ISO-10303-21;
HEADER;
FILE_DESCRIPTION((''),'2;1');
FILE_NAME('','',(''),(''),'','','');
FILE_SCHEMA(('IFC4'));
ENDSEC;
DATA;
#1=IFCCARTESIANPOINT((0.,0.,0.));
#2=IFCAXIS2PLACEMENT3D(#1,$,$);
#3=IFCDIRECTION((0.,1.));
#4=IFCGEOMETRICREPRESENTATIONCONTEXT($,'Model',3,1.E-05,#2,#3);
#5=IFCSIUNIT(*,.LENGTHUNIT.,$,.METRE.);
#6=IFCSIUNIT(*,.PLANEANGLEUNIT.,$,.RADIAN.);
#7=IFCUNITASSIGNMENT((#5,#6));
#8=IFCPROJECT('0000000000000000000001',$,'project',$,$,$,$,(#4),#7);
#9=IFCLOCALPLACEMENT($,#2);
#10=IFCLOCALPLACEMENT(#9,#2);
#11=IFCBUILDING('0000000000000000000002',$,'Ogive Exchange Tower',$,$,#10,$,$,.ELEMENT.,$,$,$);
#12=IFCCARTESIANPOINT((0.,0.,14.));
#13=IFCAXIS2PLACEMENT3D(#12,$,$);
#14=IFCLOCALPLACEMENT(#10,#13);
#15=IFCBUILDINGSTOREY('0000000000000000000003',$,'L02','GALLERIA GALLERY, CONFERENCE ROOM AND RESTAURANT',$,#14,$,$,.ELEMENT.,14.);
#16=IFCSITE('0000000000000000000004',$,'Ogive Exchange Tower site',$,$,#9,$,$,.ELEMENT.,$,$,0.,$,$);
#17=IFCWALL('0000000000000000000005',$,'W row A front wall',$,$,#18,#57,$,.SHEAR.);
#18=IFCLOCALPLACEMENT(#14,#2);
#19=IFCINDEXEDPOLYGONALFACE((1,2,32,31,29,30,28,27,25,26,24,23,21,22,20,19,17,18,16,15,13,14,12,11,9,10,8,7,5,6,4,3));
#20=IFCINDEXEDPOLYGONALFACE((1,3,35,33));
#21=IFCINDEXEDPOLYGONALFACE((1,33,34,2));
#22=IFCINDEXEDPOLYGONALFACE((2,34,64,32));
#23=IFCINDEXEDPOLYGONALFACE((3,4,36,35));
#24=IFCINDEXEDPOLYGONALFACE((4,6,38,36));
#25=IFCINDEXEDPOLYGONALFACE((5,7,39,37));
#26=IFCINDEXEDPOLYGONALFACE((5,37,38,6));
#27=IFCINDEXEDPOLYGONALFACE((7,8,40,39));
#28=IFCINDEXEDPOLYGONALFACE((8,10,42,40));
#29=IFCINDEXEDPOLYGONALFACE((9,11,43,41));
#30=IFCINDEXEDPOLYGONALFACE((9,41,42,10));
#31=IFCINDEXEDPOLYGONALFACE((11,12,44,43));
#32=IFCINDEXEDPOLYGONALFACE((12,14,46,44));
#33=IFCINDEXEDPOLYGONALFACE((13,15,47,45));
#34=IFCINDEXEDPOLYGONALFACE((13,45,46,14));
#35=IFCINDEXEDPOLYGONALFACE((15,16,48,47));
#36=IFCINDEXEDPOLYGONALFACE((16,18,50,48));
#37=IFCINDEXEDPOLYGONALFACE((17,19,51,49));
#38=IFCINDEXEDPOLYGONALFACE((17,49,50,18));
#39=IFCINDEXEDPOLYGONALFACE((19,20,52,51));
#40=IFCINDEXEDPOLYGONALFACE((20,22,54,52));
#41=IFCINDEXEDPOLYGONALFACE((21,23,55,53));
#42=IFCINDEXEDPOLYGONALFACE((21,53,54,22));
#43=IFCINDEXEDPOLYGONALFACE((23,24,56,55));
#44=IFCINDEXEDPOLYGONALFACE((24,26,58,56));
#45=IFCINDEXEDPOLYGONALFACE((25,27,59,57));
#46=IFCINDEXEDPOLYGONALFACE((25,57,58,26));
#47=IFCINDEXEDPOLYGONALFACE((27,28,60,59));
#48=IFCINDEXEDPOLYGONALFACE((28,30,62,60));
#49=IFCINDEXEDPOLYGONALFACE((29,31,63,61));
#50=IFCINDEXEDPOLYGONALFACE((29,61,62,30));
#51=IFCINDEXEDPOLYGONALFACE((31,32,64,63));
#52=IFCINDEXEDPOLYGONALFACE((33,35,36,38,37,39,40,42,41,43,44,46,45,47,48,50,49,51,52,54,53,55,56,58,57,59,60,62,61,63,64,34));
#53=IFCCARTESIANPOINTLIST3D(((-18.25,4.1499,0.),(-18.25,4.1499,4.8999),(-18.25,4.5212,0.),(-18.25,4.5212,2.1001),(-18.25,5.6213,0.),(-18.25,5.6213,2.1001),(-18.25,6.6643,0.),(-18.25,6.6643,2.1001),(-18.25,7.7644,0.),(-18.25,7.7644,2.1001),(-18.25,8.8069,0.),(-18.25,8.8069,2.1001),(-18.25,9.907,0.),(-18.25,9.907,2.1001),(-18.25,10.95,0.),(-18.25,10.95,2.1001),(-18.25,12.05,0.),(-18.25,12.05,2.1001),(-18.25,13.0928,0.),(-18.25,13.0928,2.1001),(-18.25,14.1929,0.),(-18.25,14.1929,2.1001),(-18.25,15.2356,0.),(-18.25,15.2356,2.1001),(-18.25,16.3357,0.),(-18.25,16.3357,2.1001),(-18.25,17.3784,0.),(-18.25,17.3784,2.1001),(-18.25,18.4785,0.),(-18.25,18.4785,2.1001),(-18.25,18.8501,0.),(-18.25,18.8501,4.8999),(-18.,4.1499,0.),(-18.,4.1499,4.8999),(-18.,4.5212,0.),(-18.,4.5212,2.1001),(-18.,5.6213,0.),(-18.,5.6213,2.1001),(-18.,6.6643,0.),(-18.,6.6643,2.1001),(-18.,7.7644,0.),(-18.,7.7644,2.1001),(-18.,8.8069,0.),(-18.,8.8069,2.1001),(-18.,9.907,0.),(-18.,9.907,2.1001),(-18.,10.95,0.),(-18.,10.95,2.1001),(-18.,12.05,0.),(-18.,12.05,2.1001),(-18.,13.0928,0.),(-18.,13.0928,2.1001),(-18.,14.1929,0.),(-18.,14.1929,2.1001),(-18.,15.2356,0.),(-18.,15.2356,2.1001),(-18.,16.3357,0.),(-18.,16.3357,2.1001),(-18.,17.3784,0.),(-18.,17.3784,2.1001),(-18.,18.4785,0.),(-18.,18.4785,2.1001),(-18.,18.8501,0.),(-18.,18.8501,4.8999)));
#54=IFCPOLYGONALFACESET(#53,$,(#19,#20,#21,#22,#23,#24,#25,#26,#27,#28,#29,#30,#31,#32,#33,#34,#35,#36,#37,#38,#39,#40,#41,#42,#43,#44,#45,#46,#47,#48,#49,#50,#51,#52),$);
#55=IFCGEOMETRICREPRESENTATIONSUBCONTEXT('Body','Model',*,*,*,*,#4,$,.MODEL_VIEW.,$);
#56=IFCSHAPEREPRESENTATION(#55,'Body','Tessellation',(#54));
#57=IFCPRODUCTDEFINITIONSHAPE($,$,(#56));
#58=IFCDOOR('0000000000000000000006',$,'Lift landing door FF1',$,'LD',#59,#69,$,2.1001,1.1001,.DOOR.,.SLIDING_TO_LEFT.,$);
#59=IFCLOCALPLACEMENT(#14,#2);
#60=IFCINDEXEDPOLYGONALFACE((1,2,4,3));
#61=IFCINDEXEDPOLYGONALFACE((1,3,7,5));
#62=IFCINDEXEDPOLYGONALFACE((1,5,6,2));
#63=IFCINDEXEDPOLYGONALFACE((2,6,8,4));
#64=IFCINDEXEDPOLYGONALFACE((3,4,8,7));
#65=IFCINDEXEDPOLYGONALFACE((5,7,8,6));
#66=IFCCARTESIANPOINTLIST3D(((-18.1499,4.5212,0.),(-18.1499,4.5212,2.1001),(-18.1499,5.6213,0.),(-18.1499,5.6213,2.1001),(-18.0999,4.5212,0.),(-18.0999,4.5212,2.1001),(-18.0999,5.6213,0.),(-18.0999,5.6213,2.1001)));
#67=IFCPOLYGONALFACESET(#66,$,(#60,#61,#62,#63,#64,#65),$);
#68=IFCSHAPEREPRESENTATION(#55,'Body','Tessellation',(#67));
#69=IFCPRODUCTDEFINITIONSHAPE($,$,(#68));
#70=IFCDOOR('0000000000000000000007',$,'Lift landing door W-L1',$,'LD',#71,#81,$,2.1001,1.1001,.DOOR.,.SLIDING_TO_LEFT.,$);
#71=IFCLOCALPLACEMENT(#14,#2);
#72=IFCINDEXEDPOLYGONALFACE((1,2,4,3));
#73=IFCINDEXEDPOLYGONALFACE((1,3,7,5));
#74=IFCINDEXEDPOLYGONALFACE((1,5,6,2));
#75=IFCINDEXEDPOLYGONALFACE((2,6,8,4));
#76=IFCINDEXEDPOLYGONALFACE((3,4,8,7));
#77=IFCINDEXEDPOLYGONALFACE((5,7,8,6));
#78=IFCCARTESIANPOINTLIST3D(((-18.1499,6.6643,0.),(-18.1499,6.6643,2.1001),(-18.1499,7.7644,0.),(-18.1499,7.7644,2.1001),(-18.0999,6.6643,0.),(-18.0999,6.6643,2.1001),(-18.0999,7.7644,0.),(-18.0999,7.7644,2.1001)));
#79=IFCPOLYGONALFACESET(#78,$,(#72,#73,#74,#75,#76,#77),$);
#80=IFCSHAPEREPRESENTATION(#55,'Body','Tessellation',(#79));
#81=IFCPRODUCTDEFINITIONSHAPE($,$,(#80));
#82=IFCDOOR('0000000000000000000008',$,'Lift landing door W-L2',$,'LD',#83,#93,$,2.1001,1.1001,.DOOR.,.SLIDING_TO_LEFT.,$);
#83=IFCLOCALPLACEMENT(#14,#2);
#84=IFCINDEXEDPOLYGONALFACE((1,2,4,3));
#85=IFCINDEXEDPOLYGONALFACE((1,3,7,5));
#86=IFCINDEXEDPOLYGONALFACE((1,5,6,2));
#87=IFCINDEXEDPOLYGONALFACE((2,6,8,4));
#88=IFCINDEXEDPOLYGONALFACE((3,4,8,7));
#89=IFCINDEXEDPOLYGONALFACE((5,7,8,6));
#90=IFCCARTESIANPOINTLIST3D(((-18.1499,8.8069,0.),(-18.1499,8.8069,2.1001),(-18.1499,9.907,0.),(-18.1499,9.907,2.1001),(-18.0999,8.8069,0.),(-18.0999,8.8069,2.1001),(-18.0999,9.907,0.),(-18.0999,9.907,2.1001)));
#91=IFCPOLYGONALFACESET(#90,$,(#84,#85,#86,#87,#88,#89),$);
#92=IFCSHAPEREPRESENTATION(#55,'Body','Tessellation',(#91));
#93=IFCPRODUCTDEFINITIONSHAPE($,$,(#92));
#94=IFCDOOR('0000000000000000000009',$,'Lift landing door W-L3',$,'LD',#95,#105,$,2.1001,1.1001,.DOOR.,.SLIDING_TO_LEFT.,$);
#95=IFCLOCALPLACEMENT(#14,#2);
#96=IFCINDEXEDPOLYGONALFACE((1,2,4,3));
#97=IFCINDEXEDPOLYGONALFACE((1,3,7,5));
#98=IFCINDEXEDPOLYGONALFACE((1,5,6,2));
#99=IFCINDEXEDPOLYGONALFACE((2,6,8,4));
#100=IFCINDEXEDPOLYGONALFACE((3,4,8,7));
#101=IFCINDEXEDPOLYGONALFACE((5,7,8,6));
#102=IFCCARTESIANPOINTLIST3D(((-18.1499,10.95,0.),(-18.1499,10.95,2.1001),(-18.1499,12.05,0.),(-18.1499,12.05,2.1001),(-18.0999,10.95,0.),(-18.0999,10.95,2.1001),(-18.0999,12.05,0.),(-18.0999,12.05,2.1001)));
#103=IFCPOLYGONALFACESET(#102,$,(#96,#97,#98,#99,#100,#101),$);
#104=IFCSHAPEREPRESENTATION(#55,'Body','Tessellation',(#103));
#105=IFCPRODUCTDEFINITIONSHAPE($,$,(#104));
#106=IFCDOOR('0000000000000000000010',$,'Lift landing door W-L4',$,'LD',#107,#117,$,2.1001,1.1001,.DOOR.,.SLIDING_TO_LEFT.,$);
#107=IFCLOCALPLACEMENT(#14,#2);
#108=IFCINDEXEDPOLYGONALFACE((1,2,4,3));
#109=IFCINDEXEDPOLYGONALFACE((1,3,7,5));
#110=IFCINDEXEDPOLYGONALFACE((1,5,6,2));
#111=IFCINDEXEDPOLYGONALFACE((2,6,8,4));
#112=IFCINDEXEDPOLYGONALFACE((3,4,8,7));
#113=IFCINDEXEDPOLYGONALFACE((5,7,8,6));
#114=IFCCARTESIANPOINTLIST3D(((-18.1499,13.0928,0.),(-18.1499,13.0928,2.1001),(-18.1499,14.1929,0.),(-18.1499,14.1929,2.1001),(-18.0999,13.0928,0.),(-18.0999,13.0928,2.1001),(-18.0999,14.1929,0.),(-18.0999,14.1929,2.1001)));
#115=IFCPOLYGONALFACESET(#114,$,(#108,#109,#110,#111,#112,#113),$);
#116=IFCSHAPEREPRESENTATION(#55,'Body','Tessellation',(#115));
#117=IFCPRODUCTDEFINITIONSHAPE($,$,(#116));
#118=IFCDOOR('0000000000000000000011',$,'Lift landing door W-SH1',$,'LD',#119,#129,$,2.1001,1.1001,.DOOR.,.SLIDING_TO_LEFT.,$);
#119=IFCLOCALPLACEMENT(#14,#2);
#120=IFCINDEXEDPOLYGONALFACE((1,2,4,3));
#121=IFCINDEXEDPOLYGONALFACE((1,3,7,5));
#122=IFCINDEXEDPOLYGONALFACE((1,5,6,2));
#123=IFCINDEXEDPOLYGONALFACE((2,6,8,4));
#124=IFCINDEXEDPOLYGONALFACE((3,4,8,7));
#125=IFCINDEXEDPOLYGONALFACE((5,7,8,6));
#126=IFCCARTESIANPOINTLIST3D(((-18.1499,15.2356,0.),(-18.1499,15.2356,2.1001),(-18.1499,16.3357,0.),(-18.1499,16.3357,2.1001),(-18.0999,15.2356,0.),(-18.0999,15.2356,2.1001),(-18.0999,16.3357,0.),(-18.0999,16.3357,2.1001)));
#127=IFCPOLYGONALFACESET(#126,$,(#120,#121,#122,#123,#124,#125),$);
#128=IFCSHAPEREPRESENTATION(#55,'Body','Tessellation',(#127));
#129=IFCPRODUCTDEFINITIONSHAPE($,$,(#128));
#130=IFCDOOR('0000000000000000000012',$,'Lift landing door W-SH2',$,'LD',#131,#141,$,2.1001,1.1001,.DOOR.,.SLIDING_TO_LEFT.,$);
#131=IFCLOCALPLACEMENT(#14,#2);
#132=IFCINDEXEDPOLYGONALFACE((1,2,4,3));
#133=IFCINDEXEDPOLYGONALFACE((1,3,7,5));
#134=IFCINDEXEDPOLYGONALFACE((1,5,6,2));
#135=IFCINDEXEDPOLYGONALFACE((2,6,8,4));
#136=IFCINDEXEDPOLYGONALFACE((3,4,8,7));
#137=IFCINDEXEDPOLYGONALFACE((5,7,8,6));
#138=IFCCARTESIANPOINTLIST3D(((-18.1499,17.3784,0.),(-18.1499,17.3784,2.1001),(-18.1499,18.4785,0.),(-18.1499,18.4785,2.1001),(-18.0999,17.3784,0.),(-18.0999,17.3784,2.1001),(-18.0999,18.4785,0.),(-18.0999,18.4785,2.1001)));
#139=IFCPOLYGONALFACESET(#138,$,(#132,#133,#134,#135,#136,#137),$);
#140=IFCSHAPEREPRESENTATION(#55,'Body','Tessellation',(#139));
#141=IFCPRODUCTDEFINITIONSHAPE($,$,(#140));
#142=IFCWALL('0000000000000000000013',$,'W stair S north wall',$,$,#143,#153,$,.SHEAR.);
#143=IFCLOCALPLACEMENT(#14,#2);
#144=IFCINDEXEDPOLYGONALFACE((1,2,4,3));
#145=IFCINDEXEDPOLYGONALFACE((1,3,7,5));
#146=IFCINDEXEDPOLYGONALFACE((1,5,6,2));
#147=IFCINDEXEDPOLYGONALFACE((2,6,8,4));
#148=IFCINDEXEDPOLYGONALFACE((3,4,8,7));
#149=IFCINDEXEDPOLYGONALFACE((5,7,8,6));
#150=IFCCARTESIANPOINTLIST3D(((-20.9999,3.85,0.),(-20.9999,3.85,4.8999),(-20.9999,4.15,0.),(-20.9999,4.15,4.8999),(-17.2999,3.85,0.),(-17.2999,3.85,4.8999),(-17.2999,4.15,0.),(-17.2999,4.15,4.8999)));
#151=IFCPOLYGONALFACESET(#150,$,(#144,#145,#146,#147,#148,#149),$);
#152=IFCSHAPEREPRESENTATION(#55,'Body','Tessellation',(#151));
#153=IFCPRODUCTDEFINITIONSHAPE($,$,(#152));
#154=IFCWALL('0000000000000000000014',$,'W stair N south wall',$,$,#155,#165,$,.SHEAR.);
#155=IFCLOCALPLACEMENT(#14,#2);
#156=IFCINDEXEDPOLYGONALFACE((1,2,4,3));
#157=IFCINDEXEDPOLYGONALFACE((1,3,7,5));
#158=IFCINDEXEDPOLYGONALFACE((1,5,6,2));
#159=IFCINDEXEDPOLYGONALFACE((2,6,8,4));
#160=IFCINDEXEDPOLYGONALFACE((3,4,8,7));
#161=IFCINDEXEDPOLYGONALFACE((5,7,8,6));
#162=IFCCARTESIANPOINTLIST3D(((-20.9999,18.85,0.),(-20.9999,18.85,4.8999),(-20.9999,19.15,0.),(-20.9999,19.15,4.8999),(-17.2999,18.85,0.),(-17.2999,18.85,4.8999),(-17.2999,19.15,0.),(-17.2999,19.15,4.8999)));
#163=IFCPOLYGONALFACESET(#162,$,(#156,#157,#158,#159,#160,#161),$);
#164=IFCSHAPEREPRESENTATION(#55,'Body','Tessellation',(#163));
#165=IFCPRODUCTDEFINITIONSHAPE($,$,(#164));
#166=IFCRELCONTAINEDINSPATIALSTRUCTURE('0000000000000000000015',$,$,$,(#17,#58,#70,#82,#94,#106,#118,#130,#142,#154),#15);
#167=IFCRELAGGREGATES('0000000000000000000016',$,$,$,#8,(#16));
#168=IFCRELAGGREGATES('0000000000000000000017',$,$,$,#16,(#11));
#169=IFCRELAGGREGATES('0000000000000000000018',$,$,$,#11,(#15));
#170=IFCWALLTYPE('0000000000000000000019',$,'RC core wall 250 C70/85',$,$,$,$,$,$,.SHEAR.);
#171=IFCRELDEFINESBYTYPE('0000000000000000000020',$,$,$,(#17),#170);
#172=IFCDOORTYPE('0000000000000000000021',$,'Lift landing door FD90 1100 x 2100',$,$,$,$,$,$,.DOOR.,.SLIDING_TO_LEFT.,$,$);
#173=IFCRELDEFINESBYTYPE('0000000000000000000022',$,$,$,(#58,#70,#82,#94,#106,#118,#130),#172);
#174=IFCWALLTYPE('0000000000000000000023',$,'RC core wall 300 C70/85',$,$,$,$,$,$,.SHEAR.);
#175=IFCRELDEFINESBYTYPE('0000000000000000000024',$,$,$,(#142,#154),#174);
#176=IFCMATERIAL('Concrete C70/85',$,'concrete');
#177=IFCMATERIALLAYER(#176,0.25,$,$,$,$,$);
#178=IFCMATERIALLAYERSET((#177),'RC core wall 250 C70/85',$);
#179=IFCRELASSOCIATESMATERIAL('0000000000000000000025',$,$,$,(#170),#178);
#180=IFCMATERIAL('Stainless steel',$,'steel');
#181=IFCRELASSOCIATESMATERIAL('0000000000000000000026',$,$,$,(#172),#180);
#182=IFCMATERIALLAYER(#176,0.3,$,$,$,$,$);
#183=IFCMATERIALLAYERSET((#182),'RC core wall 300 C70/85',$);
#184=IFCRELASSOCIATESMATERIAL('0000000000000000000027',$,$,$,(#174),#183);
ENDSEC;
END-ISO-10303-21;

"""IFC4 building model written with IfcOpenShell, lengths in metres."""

from ifc_helpers import new_model, si_unit, direction, frame, frame_2d, origin, place, context, subcontext, project, spatial, rectangle, extrude, material, layer, layer_set, type_object, element, fill, save


model = new_model("IFC4")

# Units and contexts
model_context = context("Model", 3, precision=1e-05, world=origin(), true_north=direction((0.0, 1.0)))
body_context = subcontext(model_context, "Body", "Model", "MODEL_VIEW")
ifc_project = project(units=[si_unit("LENGTHUNIT", "METRE"), si_unit("PLANEANGLEUNIT", "RADIAN")], contexts=[model_context])

# Site, building, storey
site_placement = place(None, origin())
site = spatial("IfcSite", under=ifc_project, at=site_placement, Name="Ogive Exchange Tower site", CompositionType="ELEMENT", RefElevation=0.0)
building_placement = place(site_placement, origin())
building = spatial("IfcBuilding", under=site, at=building_placement, Name="Ogive Exchange Tower", CompositionType="ELEMENT")
storey_placement = place(building_placement, frame((0.0, 0.0, 14.0)))
storey = spatial("IfcBuildingStorey", under=building, at=storey_placement, Name="L02", Description="GALLERIA GALLERY, CONFERENCE ROOM AND RESTAURANT", CompositionType="ELEMENT", Elevation=14.0)

# Shared definitions
ifc_material_1 = material(Name="Concrete C70/85", Category="concrete")

# Wall, openings, doors
ifc_layer_1 = layer(ifc_material_1, 0.25)
ifc_layer_set_1 = layer_set([ifc_layer_1], Name="RC core wall 250 C70/85")
wall_type_1 = type_object("IfcWallType", Name="RC core wall 250 C70/85", PredefinedType="SHEAR", material=ifc_layer_set_1)
wall_1_placement = place(storey_placement, frame((-18.125, 4.1499, 0.0), z_axis=(0.0, 0.0, 1.0), x_axis=(0.0, 1.0, 0.0)))
wall_1 = element("IfcWall", 1, at=wall_1_placement, inside=storey, type_object=wall_type_1, Name="W row A front wall", PredefinedType="SHEAR", context=body_context, shape_type="SweptSolid", body=[
    extrude(rectangle(XDim=14.7002, YDim=0.25, at=frame_2d((7.3501, 0.0))), origin(), (0.0, 0.0, 1.0), 4.8999),
])
opening_1_placement = place(wall_1_placement, frame((0.3713, 0.0, 0.0)))
opening_1 = element("IfcOpeningElement", 2, at=opening_1_placement, cuts=wall_1, PredefinedType="OPENING", context=body_context, shape_type="SweptSolid", body=[
    extrude(rectangle(XDim=1.1001, YDim=2.1001, at=frame_2d((0.55, 1.05))), frame((0.0, 0.135, 0.0), z_axis=(0.0, -1.0, 0.0), x_axis=(1.0, 0.0, 0.0)), (0.0, 0.0, 1.0), 0.27),
])
opening_2_placement = place(wall_1_placement, frame((2.5144, 0.0, 0.0)))
opening_2 = element("IfcOpeningElement", 3, at=opening_2_placement, cuts=wall_1, PredefinedType="OPENING", context=body_context, shape_type="SweptSolid", body=[
    extrude(rectangle(XDim=1.1001, YDim=2.1001, at=frame_2d((0.55, 1.05))), frame((0.0, 0.135, 0.0), z_axis=(0.0, -1.0, 0.0), x_axis=(1.0, 0.0, 0.0)), (0.0, 0.0, 1.0), 0.27),
])
opening_3_placement = place(wall_1_placement, frame((4.657, 0.0, 0.0)))
opening_3 = element("IfcOpeningElement", 4, at=opening_3_placement, cuts=wall_1, PredefinedType="OPENING", context=body_context, shape_type="SweptSolid", body=[
    extrude(rectangle(XDim=1.1001, YDim=2.1001, at=frame_2d((0.55, 1.05))), frame((0.0, 0.135, 0.0), z_axis=(0.0, -1.0, 0.0), x_axis=(1.0, 0.0, 0.0)), (0.0, 0.0, 1.0), 0.27),
])
opening_4_placement = place(wall_1_placement, frame((6.8, 0.0, 0.0)))
opening_4 = element("IfcOpeningElement", 5, at=opening_4_placement, cuts=wall_1, PredefinedType="OPENING", context=body_context, shape_type="SweptSolid", body=[
    extrude(rectangle(XDim=1.1001, YDim=2.1001, at=frame_2d((0.55, 1.05))), frame((0.0, 0.135, 0.0), z_axis=(0.0, -1.0, 0.0), x_axis=(1.0, 0.0, 0.0)), (0.0, 0.0, 1.0), 0.27),
])
opening_5_placement = place(wall_1_placement, frame((8.9429, 0.0, 0.0)))
opening_5 = element("IfcOpeningElement", 6, at=opening_5_placement, cuts=wall_1, PredefinedType="OPENING", context=body_context, shape_type="SweptSolid", body=[
    extrude(rectangle(XDim=1.1001, YDim=2.1001, at=frame_2d((0.55, 1.05))), frame((0.0, 0.135, 0.0), z_axis=(0.0, -1.0, 0.0), x_axis=(1.0, 0.0, 0.0)), (0.0, 0.0, 1.0), 0.27),
])
opening_6_placement = place(wall_1_placement, frame((11.0857, 0.0, 0.0)))
opening_6 = element("IfcOpeningElement", 7, at=opening_6_placement, cuts=wall_1, PredefinedType="OPENING", context=body_context, shape_type="SweptSolid", body=[
    extrude(rectangle(XDim=1.1001, YDim=2.1001, at=frame_2d((0.55, 1.05))), frame((0.0, 0.135, 0.0), z_axis=(0.0, -1.0, 0.0), x_axis=(1.0, 0.0, 0.0)), (0.0, 0.0, 1.0), 0.27),
])
opening_7_placement = place(wall_1_placement, frame((13.2285, 0.0, 0.0)))
opening_7 = element("IfcOpeningElement", 8, at=opening_7_placement, cuts=wall_1, PredefinedType="OPENING", context=body_context, shape_type="SweptSolid", body=[
    extrude(rectangle(XDim=1.1001, YDim=2.1001, at=frame_2d((0.55, 1.05))), frame((0.0, 0.135, 0.0), z_axis=(0.0, -1.0, 0.0), x_axis=(1.0, 0.0, 0.0)), (0.0, 0.0, 1.0), 0.27),
])
ifc_material_2 = material(Name="Stainless steel", Category="steel")
door_type_1 = type_object("IfcDoorType", Name="Lift landing door FD90 1100 x 2100", OperationType="SLIDING_TO_LEFT", PredefinedType="DOOR", material=ifc_material_2)
door_1_placement = place(opening_1_placement, origin())
door_1 = element("IfcDoor", 9, at=door_1_placement, inside=storey, type_object=door_type_1, Name="Lift landing door FF1", ObjectType="LD", OperationType="SLIDING_TO_LEFT", OverallHeight=2.1001, OverallWidth=1.1001, PredefinedType="DOOR", context=body_context, shape_type="SweptSolid", body=[
    extrude(rectangle(XDim=1.1001, YDim=2.1001, at=frame_2d((0.55, 1.05))), frame((0.0, 0.0249, 0.0), z_axis=(0.0, -1.0, 0.0), x_axis=(1.0, 0.0, 0.0)), (0.0, 0.0, 1.0), 0.05),
])
fill(opening_1, door_1)
door_2_placement = place(opening_2_placement, origin())
door_2 = element("IfcDoor", 10, at=door_2_placement, inside=storey, type_object=door_type_1, Name="Lift landing door W-L1", ObjectType="LD", OperationType="SLIDING_TO_LEFT", OverallHeight=2.1001, OverallWidth=1.1001, PredefinedType="DOOR", context=body_context, shape_type="SweptSolid", body=[
    extrude(rectangle(XDim=1.1001, YDim=2.1001, at=frame_2d((0.55, 1.05))), frame((0.0, 0.0249, 0.0), z_axis=(0.0, -1.0, 0.0), x_axis=(1.0, 0.0, 0.0)), (0.0, 0.0, 1.0), 0.05),
])
fill(opening_2, door_2)
door_3_placement = place(opening_3_placement, origin())
door_3 = element("IfcDoor", 11, at=door_3_placement, inside=storey, type_object=door_type_1, Name="Lift landing door W-L2", ObjectType="LD", OperationType="SLIDING_TO_LEFT", OverallHeight=2.1001, OverallWidth=1.1001, PredefinedType="DOOR", context=body_context, shape_type="SweptSolid", body=[
    extrude(rectangle(XDim=1.1001, YDim=2.1001, at=frame_2d((0.55, 1.05))), frame((0.0, 0.0249, 0.0), z_axis=(0.0, -1.0, 0.0), x_axis=(1.0, 0.0, 0.0)), (0.0, 0.0, 1.0), 0.05),
])
fill(opening_3, door_3)
door_4_placement = place(opening_4_placement, origin())
door_4 = element("IfcDoor", 12, at=door_4_placement, inside=storey, type_object=door_type_1, Name="Lift landing door W-L3", ObjectType="LD", OperationType="SLIDING_TO_LEFT", OverallHeight=2.1001, OverallWidth=1.1001, PredefinedType="DOOR", context=body_context, shape_type="SweptSolid", body=[
    extrude(rectangle(XDim=1.1001, YDim=2.1001, at=frame_2d((0.55, 1.05))), frame((0.0, 0.0249, 0.0), z_axis=(0.0, -1.0, 0.0), x_axis=(1.0, 0.0, 0.0)), (0.0, 0.0, 1.0), 0.05),
])
fill(opening_4, door_4)
door_5_placement = place(opening_5_placement, origin())
door_5 = element("IfcDoor", 13, at=door_5_placement, inside=storey, type_object=door_type_1, Name="Lift landing door W-L4", ObjectType="LD", OperationType="SLIDING_TO_LEFT", OverallHeight=2.1001, OverallWidth=1.1001, PredefinedType="DOOR", context=body_context, shape_type="SweptSolid", body=[
    extrude(rectangle(XDim=1.1001, YDim=2.1001, at=frame_2d((0.55, 1.05))), frame((0.0, 0.0249, 0.0), z_axis=(0.0, -1.0, 0.0), x_axis=(1.0, 0.0, 0.0)), (0.0, 0.0, 1.0), 0.05),
])
fill(opening_5, door_5)
door_6_placement = place(opening_6_placement, origin())
door_6 = element("IfcDoor", 14, at=door_6_placement, inside=storey, type_object=door_type_1, Name="Lift landing door W-SH1", ObjectType="LD", OperationType="SLIDING_TO_LEFT", OverallHeight=2.1001, OverallWidth=1.1001, PredefinedType="DOOR", context=body_context, shape_type="SweptSolid", body=[
    extrude(rectangle(XDim=1.1001, YDim=2.1001, at=frame_2d((0.55, 1.05))), frame((0.0, 0.0249, 0.0), z_axis=(0.0, -1.0, 0.0), x_axis=(1.0, 0.0, 0.0)), (0.0, 0.0, 1.0), 0.05),
])
fill(opening_6, door_6)
door_7_placement = place(opening_7_placement, origin())
door_7 = element("IfcDoor", 15, at=door_7_placement, inside=storey, type_object=door_type_1, Name="Lift landing door W-SH2", ObjectType="LD", OperationType="SLIDING_TO_LEFT", OverallHeight=2.1001, OverallWidth=1.1001, PredefinedType="DOOR", context=body_context, shape_type="SweptSolid", body=[
    extrude(rectangle(XDim=1.1001, YDim=2.1001, at=frame_2d((0.55, 1.05))), frame((0.0, 0.0249, 0.0), z_axis=(0.0, -1.0, 0.0), x_axis=(1.0, 0.0, 0.0)), (0.0, 0.0, 1.0), 0.05),
])
fill(opening_7, door_7)

# Walls
ifc_layer_2 = layer(ifc_material_1, 0.3)
ifc_layer_set_2 = layer_set([ifc_layer_2], Name="RC core wall 300 C70/85")
wall_type_2 = type_object("IfcWallType", Name="RC core wall 300 C70/85", PredefinedType="SHEAR", material=ifc_layer_set_2)
for number, where, z_axis, x_axis, name in (
    (16, (-21.0, 4.0, 0.0), (0.0, 0.0, 1.0), (1.0, 0.0, 0.0), "W stair S north wall"),
    (17, (-21.0, 19.0, 0.0), (0.0, 0.0, 1.0), (1.0, 0.0, 0.0), "W stair N south wall"),
):
    element("IfcWall", number, at=place(storey_placement, frame(where, z_axis=z_axis, x_axis=x_axis)), inside=storey, type_object=wall_type_2, Name=name, PredefinedType="SHEAR", context=body_context, shape_type="SweptSolid", body=[
        extrude(rectangle(XDim=3.7, YDim=0.3, at=frame_2d((1.8501, 0.0))), origin(), (0.0, 0.0, 1.0), 4.8999),
    ])

save(model, "model.ifc")
